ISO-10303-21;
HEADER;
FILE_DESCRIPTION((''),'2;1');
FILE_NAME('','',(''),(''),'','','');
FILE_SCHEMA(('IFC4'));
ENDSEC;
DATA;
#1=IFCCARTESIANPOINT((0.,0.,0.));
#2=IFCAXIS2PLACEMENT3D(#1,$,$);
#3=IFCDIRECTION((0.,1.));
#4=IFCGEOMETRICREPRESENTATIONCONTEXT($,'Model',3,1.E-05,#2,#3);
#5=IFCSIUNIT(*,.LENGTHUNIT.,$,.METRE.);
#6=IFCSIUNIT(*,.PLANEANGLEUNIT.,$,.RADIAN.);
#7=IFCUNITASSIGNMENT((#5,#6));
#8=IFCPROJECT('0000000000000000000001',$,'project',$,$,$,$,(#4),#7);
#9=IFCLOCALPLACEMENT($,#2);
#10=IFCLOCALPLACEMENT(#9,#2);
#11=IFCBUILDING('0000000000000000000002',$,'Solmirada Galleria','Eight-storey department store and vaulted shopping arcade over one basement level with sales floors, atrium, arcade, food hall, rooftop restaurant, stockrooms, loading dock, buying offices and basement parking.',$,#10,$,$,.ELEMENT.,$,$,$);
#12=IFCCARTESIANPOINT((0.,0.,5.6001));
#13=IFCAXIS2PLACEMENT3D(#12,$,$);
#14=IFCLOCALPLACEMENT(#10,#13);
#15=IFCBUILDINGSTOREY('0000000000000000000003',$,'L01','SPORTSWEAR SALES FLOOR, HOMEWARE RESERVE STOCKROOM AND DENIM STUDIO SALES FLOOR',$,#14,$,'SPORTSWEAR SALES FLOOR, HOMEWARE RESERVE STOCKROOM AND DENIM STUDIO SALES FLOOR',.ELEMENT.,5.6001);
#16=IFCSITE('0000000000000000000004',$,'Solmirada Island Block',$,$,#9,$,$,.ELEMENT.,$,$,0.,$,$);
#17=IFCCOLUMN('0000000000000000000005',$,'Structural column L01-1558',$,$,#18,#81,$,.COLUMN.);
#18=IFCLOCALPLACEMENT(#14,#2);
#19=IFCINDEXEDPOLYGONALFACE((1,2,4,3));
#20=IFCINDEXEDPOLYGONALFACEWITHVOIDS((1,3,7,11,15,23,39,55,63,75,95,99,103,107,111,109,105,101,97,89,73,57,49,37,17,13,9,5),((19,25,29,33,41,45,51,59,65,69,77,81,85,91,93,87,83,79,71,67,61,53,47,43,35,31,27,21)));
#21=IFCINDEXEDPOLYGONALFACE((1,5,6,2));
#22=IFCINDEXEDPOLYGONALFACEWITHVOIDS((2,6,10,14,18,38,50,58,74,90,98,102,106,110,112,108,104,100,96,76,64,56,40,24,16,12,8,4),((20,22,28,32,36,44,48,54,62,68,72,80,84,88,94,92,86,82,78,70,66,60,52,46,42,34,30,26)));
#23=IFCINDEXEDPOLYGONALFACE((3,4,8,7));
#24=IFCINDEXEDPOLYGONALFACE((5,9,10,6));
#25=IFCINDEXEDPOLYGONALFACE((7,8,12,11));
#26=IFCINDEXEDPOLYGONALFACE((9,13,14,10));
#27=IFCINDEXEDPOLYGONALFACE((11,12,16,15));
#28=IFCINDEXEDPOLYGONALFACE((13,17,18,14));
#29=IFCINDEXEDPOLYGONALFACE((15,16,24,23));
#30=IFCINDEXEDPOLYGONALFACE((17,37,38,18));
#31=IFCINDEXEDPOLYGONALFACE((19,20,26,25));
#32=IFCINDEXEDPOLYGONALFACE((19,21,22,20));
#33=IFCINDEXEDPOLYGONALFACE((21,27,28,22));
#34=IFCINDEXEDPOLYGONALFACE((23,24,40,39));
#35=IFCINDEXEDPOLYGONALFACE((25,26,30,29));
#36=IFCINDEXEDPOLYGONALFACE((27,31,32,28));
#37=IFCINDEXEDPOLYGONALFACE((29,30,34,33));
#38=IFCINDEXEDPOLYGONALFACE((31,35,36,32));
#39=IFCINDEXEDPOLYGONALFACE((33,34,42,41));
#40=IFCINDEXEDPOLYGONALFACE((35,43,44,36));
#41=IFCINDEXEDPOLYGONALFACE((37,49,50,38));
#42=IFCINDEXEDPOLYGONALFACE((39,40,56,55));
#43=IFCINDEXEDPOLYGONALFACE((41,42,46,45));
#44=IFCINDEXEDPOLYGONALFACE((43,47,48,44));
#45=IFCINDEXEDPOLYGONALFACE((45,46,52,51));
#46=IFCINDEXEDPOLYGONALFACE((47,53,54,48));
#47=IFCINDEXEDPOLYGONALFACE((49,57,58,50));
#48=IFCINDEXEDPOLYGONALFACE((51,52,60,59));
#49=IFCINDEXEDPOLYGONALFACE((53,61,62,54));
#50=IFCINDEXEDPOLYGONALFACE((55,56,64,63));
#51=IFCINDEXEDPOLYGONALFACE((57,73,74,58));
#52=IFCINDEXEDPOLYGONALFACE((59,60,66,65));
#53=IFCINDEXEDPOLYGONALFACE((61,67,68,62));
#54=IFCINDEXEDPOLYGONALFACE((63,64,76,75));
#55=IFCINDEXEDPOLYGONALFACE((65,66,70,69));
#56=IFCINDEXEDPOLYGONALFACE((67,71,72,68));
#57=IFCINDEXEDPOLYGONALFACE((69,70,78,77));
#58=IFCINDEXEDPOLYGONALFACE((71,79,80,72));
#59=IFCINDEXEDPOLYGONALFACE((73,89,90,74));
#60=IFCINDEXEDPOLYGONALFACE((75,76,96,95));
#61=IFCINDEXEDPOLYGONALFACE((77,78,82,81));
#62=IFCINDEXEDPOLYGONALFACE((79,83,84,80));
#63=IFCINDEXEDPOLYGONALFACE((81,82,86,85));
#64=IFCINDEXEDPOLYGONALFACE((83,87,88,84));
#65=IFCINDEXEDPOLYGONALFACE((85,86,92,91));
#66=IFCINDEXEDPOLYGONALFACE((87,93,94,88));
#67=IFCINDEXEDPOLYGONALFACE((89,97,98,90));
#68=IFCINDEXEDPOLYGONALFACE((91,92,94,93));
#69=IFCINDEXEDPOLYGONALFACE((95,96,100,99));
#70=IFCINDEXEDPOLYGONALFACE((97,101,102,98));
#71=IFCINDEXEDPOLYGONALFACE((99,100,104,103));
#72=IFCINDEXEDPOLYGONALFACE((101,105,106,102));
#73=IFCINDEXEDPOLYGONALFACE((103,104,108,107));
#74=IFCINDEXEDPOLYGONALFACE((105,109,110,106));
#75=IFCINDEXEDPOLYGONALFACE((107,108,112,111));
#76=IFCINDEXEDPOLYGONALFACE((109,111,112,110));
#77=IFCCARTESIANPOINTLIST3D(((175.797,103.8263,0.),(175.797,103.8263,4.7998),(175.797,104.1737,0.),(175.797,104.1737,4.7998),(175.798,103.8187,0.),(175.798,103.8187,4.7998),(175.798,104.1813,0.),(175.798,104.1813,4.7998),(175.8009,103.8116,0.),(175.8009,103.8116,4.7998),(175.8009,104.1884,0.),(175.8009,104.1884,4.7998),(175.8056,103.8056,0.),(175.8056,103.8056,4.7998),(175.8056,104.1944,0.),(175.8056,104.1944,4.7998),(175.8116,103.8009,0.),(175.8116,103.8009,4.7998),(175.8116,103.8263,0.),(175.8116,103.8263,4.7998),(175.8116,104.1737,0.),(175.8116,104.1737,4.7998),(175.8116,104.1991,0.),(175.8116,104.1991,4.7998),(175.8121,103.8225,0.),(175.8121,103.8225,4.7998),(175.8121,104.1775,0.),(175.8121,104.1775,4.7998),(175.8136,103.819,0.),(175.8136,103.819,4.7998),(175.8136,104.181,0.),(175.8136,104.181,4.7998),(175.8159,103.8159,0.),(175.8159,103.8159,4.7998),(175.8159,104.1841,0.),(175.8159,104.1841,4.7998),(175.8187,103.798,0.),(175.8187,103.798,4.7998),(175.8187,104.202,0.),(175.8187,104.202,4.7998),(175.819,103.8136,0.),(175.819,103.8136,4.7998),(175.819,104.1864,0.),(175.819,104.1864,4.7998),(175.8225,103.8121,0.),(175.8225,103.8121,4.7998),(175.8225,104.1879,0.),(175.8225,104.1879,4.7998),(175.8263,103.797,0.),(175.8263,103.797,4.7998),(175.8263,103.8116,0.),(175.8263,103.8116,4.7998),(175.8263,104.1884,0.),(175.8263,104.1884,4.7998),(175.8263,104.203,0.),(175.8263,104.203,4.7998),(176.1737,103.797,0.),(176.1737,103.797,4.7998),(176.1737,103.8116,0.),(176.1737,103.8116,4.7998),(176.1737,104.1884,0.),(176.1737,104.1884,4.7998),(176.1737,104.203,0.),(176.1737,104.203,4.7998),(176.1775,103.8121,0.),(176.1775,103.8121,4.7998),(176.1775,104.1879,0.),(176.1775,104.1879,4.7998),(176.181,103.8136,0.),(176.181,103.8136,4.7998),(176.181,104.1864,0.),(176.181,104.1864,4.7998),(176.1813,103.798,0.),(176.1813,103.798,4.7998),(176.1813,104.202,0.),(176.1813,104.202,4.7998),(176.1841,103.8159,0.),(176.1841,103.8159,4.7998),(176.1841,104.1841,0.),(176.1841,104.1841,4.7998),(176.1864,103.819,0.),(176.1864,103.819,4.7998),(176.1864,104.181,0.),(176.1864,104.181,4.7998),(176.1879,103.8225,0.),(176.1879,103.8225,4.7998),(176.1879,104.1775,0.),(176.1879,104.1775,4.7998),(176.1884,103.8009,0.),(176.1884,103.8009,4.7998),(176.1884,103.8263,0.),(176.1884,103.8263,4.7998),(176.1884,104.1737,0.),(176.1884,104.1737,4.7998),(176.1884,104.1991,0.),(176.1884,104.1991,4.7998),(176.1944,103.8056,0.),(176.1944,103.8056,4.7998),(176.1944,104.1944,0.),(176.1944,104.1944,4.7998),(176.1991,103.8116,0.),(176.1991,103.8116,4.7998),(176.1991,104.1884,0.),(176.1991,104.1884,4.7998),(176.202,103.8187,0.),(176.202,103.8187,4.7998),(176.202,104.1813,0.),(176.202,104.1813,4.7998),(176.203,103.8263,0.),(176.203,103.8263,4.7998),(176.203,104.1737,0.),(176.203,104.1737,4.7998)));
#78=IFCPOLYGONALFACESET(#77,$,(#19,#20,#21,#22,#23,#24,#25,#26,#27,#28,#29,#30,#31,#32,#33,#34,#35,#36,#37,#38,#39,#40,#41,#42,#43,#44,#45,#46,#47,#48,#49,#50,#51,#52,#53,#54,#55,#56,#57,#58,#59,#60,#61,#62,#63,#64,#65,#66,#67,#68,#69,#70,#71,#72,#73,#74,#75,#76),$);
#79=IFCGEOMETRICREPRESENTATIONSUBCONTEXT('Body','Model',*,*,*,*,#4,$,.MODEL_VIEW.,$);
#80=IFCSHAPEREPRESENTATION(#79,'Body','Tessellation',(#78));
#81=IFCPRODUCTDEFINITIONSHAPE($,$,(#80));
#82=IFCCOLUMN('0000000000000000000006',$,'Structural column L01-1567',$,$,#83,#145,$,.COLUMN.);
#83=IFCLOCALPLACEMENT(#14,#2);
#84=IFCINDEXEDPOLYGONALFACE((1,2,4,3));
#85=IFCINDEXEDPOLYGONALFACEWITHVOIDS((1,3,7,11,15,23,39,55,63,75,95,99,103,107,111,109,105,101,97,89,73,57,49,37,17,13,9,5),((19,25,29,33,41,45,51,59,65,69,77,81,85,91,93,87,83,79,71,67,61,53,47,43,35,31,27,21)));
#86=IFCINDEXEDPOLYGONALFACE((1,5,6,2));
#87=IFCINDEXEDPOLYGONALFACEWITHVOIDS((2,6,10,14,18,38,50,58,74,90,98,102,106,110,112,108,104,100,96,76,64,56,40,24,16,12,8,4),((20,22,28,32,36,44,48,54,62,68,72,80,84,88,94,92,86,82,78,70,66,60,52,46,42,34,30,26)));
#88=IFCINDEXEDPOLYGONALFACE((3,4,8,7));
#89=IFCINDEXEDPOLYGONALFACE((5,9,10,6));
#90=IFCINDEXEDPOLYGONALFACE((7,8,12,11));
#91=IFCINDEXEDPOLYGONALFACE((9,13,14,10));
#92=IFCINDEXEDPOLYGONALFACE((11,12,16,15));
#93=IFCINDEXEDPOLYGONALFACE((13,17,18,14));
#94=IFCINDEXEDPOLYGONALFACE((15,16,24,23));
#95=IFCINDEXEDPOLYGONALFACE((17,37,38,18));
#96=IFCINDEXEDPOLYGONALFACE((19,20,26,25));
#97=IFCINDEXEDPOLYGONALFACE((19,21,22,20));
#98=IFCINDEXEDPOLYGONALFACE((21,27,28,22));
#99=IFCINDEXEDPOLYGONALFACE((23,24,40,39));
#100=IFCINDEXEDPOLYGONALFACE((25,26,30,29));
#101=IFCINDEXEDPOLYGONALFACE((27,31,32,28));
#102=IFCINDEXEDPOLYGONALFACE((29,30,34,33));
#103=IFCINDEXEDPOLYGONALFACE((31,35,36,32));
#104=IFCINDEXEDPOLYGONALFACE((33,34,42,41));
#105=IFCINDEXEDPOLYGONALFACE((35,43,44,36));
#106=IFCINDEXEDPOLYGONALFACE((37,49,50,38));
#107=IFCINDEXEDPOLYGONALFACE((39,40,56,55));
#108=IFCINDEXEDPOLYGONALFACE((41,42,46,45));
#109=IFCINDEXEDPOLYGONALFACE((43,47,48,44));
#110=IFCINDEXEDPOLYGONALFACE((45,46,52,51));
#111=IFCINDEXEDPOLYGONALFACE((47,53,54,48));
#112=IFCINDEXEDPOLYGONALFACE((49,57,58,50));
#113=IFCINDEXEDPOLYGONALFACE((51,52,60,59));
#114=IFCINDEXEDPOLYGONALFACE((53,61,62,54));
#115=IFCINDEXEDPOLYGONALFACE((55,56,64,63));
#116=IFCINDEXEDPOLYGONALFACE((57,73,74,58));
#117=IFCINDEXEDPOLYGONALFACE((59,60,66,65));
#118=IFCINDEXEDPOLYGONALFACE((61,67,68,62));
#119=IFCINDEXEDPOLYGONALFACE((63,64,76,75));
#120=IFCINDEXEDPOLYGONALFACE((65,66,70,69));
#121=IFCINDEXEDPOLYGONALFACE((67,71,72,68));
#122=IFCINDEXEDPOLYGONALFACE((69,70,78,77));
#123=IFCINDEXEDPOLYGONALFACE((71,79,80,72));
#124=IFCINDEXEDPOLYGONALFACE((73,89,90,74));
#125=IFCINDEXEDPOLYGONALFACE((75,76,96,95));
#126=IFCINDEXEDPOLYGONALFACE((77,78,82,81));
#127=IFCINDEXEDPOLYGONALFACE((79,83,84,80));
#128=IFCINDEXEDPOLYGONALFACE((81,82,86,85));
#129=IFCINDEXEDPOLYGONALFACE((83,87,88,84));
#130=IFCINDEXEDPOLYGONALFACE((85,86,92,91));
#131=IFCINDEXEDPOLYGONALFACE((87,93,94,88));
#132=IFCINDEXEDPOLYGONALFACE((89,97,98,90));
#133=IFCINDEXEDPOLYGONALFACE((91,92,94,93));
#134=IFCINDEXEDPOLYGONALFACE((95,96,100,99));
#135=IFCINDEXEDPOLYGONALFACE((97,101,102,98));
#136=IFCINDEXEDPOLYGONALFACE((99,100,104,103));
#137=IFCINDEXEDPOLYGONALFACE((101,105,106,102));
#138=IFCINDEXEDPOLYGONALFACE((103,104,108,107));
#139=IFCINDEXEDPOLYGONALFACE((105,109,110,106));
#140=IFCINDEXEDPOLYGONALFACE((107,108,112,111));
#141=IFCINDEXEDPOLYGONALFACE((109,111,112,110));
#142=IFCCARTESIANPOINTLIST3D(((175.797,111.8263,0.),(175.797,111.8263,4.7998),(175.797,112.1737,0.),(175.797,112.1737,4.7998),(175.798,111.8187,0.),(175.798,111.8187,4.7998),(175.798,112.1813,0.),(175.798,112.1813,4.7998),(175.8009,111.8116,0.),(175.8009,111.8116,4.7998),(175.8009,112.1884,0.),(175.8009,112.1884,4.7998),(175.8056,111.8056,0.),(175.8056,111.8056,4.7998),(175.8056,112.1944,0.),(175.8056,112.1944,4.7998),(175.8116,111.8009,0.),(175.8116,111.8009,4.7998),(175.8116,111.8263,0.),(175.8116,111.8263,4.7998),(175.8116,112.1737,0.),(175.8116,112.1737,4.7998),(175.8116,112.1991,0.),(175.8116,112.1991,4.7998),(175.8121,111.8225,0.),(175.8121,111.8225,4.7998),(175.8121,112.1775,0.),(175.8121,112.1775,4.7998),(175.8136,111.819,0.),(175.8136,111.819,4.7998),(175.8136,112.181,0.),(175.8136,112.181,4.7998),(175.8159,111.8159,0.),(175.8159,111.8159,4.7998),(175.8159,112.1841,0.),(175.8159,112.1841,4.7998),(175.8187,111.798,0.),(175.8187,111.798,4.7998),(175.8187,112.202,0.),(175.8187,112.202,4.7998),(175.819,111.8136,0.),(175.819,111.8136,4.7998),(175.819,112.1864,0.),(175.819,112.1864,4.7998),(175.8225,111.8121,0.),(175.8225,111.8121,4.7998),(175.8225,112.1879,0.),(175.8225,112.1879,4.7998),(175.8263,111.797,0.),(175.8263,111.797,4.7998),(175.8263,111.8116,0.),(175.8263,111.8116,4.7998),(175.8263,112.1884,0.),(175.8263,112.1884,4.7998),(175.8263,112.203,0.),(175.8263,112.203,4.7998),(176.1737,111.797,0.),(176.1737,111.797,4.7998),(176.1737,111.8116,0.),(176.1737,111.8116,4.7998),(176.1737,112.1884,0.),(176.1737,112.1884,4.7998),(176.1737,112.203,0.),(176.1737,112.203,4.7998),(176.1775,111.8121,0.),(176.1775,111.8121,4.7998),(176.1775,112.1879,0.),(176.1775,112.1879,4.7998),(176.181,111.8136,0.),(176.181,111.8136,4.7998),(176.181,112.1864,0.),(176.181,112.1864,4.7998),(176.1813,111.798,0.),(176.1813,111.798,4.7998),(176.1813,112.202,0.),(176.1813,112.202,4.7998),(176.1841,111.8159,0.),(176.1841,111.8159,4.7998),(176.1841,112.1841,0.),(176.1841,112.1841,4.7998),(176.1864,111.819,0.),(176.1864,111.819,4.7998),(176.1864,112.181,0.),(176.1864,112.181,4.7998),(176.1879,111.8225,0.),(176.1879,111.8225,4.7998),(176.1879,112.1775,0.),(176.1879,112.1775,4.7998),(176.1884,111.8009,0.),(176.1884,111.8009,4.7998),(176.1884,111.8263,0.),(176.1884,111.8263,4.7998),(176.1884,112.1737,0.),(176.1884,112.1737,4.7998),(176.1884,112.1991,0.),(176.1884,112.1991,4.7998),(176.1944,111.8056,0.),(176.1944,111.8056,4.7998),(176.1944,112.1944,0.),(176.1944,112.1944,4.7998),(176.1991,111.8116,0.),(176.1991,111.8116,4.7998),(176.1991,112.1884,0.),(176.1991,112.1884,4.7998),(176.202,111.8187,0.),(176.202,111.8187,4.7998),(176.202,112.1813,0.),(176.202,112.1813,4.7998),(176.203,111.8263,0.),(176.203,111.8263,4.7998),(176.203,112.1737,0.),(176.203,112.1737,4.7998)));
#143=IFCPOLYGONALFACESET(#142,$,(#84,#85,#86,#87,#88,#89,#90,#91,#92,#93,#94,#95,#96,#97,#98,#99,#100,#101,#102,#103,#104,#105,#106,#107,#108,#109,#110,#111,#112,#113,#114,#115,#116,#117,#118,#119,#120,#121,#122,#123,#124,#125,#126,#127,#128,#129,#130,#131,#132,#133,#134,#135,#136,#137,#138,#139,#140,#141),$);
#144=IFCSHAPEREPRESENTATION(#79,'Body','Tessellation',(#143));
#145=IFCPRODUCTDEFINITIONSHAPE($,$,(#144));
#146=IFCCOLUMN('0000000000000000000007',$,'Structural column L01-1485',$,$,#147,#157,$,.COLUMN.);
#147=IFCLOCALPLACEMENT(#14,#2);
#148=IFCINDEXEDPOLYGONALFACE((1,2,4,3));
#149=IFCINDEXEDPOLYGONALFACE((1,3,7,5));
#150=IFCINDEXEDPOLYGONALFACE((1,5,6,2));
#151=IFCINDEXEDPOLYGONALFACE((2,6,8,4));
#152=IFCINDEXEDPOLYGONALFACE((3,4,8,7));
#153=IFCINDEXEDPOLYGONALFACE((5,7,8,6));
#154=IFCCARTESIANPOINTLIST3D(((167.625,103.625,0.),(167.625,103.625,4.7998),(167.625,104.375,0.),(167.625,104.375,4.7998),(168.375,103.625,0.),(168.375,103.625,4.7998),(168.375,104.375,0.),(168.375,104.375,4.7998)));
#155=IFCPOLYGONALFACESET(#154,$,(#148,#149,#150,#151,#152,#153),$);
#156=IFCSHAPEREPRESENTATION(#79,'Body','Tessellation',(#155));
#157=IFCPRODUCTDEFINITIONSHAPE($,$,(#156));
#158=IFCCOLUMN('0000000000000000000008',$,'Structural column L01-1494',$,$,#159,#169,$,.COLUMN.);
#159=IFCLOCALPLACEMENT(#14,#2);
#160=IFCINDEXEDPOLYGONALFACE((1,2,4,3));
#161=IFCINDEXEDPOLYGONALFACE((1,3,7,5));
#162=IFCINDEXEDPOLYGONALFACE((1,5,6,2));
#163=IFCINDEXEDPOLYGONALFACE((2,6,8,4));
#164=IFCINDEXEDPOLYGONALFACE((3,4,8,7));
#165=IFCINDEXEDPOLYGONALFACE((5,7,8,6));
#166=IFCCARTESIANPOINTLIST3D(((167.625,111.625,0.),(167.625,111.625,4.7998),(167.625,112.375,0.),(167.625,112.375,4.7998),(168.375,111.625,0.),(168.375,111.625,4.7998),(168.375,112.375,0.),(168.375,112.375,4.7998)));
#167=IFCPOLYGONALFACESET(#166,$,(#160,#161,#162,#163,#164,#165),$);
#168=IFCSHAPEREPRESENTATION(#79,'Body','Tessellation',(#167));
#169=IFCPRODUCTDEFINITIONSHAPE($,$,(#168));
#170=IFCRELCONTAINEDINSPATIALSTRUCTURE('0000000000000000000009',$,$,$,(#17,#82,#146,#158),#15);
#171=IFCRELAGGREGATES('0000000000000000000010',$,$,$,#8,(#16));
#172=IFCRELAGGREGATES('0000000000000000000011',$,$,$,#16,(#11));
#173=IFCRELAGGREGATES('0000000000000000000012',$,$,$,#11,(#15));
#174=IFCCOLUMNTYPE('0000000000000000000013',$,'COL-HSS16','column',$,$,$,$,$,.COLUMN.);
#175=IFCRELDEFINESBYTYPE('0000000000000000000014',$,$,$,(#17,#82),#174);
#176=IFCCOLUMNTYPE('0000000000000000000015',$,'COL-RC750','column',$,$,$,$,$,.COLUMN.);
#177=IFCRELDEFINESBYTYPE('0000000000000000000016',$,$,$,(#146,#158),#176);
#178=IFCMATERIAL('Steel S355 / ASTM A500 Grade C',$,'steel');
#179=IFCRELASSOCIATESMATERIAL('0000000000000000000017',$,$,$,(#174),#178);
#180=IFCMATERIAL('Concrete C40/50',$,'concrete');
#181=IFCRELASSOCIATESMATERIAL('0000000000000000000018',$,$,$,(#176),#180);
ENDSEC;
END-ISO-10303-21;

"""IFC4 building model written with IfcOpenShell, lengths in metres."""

from ifc_helpers import new_model, si_unit, direction, frame, origin, origin_2d, place, context, subcontext, project, spatial, rectangle, hollow_rectangle, extrude, material, material_profile, profile_set, type_object, element, save


model = new_model("IFC4")

# Units and contexts
model_context = context("Model", 3, precision=1e-05, world=origin(), true_north=direction((0.0, 1.0)))
body_context = subcontext(model_context, "Body", "Model", "MODEL_VIEW")
ifc_project = project(units=[si_unit("LENGTHUNIT", "METRE"), si_unit("PLANEANGLEUNIT", "RADIAN")], contexts=[model_context])

# Site, building, storey
site_placement = place(None, origin())
site = spatial("IfcSite", under=ifc_project, at=site_placement, Name="Solmirada Island Block", CompositionType="ELEMENT", RefElevation=0.0)
building_placement = place(site_placement, origin())
building = spatial("IfcBuilding", under=site, at=building_placement, Name="Solmirada Galleria", Description="Eight-storey department store and vaulted shopping arcade over one basement level with sales floors, atrium, arcade, food hall, rooftop restaurant, stockrooms, loading dock, buying offices and basement parking.", CompositionType="ELEMENT")
storey_placement = place(building_placement, frame((0.0, 0.0, 5.6001)))
storey = spatial("IfcBuildingStorey", under=building, at=storey_placement, Name="L01", Description="SPORTSWEAR SALES FLOOR, HOMEWARE RESERVE STOCKROOM AND DENIM STUDIO SALES FLOOR", LongName="SPORTSWEAR SALES FLOOR, HOMEWARE RESERVE STOCKROOM AND DENIM STUDIO SALES FLOOR", CompositionType="ELEMENT", Elevation=5.6001)

# Columns
ifc_material_1 = material(Name="Steel S355 / ASTM A500 Grade C", Category="steel")
ifc_material_profile_1 = material_profile(ifc_material_1, hollow_rectangle(XDim=0.406, YDim=0.406, WallThickness=0.0146, InnerFilletRadius=0.0146, OuterFilletRadius=0.0293, at=origin_2d()), Name="HSS16X16X5/8")
ifc_profile_set_1 = profile_set([ifc_material_profile_1], Name="Steel S355 / ASTM A500 Grade C")
column_type_1 = type_object("IfcColumnType", Name="COL-HSS16", Description="column", PredefinedType="COLUMN", material=ifc_profile_set_1)
for number, where, z_axis, x_axis, name in (
    (1, (176.0, 104.0, 0.0), (0.0, 0.0, 1.0), (1.0, 0.0, 0.0), "Structural column L01-1558"),
    (2, (176.0, 112.0, 0.0), (0.0, 0.0, 1.0), (1.0, 0.0, 0.0), "Structural column L01-1567"),
):
    element("IfcColumn", number, at=place(storey_placement, frame(where, z_axis=z_axis, x_axis=x_axis)), inside=storey, type_object=column_type_1, Name=name, PredefinedType="COLUMN", context=body_context, shape_type="SweptSolid", body=[
        extrude(hollow_rectangle(XDim=0.406, YDim=0.406, WallThickness=0.0146, InnerFilletRadius=0.0146, OuterFilletRadius=0.0293, at=origin_2d()), origin(), (0.0, 0.0, 1.0), 4.7998),
    ])
ifc_material_2 = material(Name="Concrete C40/50", Category="concrete")
ifc_material_profile_2 = material_profile(ifc_material_2, rectangle(XDim=0.75, YDim=0.75, at=origin_2d()), Name="RC750X750")
ifc_profile_set_2 = profile_set([ifc_material_profile_2], Name="Concrete C40/50")
column_type_2 = type_object("IfcColumnType", Name="COL-RC750", Description="column", PredefinedType="COLUMN", material=ifc_profile_set_2)
for number, where, z_axis, x_axis, name in (
    (3, (168.0, 104.0, 0.0), (0.0, 0.0, 1.0), (1.0, 0.0, 0.0), "Structural column L01-1485"),
    (4, (168.0, 112.0, 0.0), (0.0, 0.0, 1.0), (1.0, 0.0, 0.0), "Structural column L01-1494"),
):
    element("IfcColumn", number, at=place(storey_placement, frame(where, z_axis=z_axis, x_axis=x_axis)), inside=storey, type_object=column_type_2, Name=name, PredefinedType="COLUMN", context=body_context, shape_type="SweptSolid", body=[
        extrude(rectangle(XDim=0.75, YDim=0.75, at=origin_2d()), origin(), (0.0, 0.0, 1.0), 4.7998),
    ])

save(model, "model.ifc")
